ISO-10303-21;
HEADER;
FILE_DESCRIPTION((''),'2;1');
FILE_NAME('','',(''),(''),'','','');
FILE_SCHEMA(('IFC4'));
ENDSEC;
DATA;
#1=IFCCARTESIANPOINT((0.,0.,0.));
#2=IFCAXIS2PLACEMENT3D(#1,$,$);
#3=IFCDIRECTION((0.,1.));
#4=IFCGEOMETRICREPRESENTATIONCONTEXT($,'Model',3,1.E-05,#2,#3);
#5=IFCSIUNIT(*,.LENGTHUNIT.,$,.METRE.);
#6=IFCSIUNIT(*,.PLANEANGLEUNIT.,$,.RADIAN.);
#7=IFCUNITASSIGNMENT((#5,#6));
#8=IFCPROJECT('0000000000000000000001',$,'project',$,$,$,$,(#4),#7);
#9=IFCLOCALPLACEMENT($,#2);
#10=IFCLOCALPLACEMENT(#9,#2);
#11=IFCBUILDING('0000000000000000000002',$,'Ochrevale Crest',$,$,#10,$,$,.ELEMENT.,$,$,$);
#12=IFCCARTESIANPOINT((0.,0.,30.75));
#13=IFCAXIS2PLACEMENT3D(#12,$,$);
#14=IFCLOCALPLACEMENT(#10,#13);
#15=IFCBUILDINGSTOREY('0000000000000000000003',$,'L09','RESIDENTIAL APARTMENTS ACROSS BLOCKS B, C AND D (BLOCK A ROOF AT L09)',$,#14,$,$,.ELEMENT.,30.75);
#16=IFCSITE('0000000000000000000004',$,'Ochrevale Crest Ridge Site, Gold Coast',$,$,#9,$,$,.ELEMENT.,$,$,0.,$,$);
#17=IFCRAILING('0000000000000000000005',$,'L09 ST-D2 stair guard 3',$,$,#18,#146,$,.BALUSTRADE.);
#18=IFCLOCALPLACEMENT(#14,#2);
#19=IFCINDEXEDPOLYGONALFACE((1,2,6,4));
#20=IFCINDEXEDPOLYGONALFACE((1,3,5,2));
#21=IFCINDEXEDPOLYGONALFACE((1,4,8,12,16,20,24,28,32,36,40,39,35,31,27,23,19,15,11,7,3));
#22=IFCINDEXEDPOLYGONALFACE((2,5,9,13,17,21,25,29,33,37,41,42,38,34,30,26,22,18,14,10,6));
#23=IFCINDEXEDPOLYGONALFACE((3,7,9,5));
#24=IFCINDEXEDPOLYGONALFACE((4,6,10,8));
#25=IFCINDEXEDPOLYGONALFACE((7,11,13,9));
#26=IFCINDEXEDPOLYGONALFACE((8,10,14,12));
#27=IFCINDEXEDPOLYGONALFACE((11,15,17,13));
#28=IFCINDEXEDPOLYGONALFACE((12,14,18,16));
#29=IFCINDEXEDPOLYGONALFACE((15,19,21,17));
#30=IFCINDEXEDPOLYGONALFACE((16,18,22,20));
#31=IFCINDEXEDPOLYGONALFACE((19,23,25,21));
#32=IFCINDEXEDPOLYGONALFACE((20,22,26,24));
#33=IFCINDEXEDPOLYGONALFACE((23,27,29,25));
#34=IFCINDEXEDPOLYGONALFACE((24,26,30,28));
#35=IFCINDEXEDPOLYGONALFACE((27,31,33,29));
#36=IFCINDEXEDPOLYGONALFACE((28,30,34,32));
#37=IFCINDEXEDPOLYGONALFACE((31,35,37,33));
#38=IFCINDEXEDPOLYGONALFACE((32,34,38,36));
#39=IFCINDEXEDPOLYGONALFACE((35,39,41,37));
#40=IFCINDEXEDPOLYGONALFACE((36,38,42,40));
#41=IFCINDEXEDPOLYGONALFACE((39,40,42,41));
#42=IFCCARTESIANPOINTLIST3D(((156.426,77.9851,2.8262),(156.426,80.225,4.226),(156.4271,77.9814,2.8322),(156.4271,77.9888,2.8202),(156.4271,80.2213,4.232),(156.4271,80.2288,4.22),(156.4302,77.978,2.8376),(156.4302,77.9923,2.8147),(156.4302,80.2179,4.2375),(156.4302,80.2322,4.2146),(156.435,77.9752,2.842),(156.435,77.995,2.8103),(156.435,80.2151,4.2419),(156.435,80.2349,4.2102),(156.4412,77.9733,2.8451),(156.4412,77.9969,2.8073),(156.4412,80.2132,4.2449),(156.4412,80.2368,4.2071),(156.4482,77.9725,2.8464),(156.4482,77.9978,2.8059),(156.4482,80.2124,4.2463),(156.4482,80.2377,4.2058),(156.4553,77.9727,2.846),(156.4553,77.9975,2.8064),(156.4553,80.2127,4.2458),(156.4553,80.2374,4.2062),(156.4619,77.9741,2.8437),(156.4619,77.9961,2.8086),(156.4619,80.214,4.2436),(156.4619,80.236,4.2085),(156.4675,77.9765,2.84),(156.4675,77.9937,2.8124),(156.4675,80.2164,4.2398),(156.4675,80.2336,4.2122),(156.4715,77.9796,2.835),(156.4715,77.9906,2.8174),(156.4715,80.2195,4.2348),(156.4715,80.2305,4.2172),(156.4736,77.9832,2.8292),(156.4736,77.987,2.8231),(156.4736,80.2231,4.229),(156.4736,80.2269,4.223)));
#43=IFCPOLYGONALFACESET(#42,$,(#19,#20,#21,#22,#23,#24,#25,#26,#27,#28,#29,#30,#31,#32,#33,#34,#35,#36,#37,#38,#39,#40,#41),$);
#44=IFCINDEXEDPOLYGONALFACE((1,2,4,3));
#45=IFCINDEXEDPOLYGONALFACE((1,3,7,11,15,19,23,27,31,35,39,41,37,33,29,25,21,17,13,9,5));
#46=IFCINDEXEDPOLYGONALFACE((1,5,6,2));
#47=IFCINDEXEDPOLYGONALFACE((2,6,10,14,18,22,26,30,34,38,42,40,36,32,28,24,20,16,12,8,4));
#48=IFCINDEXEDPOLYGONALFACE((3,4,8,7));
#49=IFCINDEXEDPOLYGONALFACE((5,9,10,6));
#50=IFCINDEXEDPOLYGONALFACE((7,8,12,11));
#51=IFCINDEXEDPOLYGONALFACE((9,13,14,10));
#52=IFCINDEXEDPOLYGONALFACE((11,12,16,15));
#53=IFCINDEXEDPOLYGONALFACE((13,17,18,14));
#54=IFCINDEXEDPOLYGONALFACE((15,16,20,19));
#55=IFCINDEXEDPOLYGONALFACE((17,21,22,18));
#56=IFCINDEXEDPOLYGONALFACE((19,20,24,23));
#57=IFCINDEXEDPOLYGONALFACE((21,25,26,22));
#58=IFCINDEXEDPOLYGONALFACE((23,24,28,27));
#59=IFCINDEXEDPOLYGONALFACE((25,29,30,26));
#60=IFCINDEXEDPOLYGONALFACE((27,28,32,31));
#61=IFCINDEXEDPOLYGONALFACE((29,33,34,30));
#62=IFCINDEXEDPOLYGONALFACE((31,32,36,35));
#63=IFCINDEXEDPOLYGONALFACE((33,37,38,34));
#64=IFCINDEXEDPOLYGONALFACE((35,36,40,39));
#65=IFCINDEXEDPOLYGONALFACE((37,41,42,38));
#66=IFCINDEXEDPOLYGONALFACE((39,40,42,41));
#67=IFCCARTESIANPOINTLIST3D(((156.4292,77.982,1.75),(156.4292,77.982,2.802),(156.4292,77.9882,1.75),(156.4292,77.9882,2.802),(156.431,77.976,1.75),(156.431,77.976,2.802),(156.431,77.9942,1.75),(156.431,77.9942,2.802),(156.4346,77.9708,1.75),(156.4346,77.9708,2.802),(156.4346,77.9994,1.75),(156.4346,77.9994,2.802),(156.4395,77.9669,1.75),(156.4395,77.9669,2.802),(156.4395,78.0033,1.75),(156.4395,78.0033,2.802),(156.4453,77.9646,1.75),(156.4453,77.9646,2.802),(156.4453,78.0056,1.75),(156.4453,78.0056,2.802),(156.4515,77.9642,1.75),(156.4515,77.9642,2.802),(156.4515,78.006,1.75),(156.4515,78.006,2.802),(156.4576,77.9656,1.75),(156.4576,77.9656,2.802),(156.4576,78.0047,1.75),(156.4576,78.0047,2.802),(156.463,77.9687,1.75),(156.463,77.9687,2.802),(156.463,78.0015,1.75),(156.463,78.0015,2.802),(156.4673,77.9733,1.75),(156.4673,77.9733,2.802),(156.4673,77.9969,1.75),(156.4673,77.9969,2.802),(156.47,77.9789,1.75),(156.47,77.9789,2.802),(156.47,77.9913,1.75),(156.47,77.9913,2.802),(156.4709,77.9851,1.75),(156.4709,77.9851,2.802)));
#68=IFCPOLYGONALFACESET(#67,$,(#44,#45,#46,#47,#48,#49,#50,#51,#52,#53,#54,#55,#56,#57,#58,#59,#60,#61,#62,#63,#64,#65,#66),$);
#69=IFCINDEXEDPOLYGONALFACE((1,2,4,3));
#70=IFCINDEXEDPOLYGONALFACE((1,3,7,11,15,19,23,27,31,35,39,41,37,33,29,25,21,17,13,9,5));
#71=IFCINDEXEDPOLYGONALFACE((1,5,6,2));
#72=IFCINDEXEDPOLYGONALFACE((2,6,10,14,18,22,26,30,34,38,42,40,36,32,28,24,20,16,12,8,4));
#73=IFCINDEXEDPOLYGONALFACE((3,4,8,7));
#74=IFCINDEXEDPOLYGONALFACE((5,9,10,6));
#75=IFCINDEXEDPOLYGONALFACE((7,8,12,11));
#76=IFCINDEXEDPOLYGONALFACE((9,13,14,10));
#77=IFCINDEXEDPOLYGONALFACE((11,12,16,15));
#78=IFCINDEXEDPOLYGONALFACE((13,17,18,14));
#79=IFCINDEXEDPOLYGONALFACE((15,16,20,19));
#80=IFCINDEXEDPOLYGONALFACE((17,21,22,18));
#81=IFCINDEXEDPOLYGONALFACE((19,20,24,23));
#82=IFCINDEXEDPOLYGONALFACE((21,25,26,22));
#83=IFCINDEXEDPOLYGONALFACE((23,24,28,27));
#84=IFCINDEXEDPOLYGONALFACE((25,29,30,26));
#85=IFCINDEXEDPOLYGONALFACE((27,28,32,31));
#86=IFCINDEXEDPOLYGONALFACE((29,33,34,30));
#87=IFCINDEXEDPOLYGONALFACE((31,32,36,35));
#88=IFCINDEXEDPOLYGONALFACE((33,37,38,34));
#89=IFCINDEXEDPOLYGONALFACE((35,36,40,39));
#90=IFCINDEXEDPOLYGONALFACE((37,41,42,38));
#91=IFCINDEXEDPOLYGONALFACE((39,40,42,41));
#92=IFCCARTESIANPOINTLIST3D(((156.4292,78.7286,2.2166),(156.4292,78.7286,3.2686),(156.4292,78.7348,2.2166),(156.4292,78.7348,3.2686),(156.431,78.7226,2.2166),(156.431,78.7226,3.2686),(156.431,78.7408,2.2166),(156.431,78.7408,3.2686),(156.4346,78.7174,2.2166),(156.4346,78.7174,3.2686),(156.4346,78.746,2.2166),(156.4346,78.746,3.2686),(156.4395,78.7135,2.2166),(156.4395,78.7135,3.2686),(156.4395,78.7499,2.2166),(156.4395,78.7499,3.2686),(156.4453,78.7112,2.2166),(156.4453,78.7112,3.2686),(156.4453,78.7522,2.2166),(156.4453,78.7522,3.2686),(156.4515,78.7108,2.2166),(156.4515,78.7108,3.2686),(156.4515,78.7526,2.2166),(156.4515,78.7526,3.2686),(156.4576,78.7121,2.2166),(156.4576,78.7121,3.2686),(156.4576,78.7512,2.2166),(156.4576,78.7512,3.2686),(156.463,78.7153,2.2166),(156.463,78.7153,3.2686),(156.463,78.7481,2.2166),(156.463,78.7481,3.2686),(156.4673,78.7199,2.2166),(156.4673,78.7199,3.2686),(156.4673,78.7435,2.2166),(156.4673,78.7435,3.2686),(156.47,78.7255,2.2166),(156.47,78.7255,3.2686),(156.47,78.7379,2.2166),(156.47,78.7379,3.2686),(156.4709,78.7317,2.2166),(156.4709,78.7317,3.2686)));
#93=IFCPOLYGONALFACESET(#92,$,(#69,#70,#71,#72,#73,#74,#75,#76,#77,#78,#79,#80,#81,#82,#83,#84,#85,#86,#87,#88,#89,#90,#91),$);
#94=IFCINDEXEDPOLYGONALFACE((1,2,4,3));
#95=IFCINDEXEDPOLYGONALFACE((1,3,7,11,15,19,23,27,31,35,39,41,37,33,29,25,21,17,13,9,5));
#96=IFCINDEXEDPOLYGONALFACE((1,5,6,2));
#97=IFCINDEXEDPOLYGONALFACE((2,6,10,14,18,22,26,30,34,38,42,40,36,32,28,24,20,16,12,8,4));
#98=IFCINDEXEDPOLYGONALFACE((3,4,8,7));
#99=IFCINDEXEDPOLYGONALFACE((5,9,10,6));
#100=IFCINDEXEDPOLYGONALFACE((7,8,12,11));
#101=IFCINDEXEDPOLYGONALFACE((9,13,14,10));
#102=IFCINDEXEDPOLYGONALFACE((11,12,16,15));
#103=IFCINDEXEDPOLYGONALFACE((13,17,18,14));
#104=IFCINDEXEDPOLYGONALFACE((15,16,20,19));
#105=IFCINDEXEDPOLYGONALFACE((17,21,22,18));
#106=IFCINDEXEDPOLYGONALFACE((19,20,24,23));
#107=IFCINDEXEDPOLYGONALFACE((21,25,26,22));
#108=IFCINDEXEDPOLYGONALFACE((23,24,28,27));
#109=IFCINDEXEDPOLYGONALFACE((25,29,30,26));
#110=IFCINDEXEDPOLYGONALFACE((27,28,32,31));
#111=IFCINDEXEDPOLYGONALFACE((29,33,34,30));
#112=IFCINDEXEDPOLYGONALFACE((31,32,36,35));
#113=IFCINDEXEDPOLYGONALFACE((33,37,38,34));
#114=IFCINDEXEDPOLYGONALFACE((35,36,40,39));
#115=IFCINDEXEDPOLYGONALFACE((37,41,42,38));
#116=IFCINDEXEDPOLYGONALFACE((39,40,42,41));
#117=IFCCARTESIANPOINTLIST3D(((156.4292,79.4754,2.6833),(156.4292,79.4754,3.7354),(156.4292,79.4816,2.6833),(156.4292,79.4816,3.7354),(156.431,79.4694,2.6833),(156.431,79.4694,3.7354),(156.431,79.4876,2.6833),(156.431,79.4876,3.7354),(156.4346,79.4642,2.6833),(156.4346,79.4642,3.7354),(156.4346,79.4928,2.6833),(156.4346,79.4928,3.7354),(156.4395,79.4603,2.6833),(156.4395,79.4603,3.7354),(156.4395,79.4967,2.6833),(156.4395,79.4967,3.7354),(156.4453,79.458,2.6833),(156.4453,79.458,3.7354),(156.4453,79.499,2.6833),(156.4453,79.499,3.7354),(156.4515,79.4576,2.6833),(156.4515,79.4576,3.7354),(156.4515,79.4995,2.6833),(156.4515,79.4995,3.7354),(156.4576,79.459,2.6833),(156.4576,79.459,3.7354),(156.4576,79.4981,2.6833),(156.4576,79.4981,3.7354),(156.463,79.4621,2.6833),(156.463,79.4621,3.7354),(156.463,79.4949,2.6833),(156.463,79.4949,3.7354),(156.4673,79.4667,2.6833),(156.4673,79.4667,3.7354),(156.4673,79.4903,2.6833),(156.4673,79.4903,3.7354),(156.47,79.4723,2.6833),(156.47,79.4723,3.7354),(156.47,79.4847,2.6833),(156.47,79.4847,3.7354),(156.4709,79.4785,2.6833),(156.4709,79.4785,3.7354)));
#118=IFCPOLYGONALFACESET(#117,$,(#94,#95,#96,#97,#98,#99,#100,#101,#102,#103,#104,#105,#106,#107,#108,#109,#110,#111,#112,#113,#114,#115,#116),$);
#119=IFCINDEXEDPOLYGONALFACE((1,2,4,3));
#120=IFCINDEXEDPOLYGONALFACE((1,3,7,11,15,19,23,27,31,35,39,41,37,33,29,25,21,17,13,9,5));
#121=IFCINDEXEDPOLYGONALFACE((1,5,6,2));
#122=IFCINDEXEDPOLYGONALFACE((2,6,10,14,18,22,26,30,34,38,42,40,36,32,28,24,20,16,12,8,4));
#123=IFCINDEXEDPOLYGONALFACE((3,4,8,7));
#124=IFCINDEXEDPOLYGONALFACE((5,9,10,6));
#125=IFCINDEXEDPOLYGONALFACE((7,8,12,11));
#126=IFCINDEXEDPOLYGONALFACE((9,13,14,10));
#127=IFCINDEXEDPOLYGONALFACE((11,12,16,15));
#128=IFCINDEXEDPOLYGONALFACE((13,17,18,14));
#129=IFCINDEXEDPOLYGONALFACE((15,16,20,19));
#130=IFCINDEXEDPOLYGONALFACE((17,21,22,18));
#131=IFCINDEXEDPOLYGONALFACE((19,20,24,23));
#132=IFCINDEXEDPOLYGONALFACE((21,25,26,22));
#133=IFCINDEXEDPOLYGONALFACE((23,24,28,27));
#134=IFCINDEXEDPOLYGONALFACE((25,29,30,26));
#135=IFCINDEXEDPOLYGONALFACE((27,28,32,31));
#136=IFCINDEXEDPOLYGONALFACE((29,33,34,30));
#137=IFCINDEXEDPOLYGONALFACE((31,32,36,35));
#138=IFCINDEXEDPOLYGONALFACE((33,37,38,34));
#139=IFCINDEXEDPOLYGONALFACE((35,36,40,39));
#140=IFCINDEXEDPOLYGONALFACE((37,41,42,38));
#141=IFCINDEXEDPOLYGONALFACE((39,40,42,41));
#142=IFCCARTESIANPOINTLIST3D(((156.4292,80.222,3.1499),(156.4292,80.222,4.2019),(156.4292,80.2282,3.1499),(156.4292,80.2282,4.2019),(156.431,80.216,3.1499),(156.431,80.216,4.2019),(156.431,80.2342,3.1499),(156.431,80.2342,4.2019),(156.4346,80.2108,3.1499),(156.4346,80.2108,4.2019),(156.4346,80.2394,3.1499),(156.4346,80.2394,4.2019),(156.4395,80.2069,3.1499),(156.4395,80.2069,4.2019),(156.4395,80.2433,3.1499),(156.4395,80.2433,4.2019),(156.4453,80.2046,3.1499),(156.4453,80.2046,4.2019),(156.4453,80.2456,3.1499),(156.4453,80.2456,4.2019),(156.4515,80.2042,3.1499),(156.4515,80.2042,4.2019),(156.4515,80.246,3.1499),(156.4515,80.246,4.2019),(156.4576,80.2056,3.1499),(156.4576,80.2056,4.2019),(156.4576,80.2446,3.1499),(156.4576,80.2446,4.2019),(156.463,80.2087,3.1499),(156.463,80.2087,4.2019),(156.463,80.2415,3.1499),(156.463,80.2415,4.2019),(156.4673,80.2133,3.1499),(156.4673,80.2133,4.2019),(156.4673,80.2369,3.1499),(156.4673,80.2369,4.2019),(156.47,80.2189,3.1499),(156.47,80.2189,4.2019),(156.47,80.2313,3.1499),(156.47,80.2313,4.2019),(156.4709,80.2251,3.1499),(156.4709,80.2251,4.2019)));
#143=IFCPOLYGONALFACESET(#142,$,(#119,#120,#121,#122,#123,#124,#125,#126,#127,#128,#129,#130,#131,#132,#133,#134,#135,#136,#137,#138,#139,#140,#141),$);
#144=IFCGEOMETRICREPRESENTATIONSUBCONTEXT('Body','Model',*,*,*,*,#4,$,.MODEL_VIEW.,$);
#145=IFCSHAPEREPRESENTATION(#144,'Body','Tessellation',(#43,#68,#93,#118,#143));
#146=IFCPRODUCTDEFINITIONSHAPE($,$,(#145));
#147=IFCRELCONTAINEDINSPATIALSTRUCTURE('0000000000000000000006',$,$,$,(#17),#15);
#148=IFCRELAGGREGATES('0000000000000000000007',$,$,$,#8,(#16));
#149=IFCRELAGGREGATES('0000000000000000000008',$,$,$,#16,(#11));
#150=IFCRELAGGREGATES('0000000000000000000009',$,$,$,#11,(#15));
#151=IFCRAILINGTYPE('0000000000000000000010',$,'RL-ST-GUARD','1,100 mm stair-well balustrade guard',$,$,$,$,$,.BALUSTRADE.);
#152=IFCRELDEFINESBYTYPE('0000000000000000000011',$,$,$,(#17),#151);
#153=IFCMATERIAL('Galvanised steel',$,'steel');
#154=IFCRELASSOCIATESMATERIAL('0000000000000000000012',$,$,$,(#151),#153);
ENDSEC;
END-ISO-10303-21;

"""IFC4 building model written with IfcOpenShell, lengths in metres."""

from ifc_helpers import new_model, si_unit, direction, frame, origin, origin_2d, place, context, subcontext, project, spatial, circle, extrude, material, type_object, element, save


model = new_model("IFC4")

# Units and contexts
model_context = context("Model", 3, precision=1e-05, world=origin(), true_north=direction((0.0, 1.0)))
body_context = subcontext(model_context, "Body", "Model", "MODEL_VIEW")
ifc_project = project(units=[si_unit("LENGTHUNIT", "METRE"), si_unit("PLANEANGLEUNIT", "RADIAN")], contexts=[model_context])

# Site, building, storey
site_placement = place(None, origin())
site = spatial("IfcSite", under=ifc_project, at=site_placement, Name="Ochrevale Crest Ridge Site, Gold Coast", CompositionType="ELEMENT", RefElevation=0.0)
building_placement = place(site_placement, origin())
building = spatial("IfcBuilding", under=site, at=building_placement, Name="Ochrevale Crest", CompositionType="ELEMENT")
storey_placement = place(building_placement, frame((0.0, 0.0, 30.75)))
storey = spatial("IfcBuildingStorey", under=building, at=storey_placement, Name="L09", Description="RESIDENTIAL APARTMENTS ACROSS BLOCKS B, C AND D (BLOCK A ROOF AT L09)", CompositionType="ELEMENT", Elevation=30.75)

# Railing
ifc_material_1 = material(Name="Galvanised steel", Category="steel")
railing_type_1 = type_object("IfcRailingType", Name="RL-ST-GUARD", Description="1,100 mm stair-well balustrade guard", PredefinedType="BALUSTRADE", material=ifc_material_1)
railing_1_placement = place(storey_placement, frame((156.45, 77.9851, 1.75)))
element("IfcRailing", 1, at=railing_1_placement, inside=storey, type_object=railing_type_1, Name="L09 ST-D2 stair guard 3", PredefinedType="BALUSTRADE", context=body_context, shape_type="SweptSolid", body=[
    extrude(circle(Radius=0.0239, at=origin_2d()), frame((0.0, 0.0, 1.0762), z_axis=(0.0, 0.848014, 0.529974), x_axis=(-1.0, 0.0, 0.0)), (0.0, 0.0, 1.0), 2.6414),
    extrude(circle(Radius=0.021, at=origin_2d()), origin(), (0.0, 0.0, 1.0), 1.052),
    extrude(circle(Radius=0.021, at=origin_2d()), frame((0.0, 0.7466, 0.4666)), (0.0, 0.0, 1.0), 1.052),
    extrude(circle(Radius=0.021, at=origin_2d()), frame((0.0, 1.4934, 0.9333)), (0.0, 0.0, 1.0), 1.052),
    extrude(circle(Radius=0.021, at=origin_2d()), frame((0.0, 2.24, 1.3999)), (0.0, 0.0, 1.0), 1.052),
])

save(model, "model.ifc")
